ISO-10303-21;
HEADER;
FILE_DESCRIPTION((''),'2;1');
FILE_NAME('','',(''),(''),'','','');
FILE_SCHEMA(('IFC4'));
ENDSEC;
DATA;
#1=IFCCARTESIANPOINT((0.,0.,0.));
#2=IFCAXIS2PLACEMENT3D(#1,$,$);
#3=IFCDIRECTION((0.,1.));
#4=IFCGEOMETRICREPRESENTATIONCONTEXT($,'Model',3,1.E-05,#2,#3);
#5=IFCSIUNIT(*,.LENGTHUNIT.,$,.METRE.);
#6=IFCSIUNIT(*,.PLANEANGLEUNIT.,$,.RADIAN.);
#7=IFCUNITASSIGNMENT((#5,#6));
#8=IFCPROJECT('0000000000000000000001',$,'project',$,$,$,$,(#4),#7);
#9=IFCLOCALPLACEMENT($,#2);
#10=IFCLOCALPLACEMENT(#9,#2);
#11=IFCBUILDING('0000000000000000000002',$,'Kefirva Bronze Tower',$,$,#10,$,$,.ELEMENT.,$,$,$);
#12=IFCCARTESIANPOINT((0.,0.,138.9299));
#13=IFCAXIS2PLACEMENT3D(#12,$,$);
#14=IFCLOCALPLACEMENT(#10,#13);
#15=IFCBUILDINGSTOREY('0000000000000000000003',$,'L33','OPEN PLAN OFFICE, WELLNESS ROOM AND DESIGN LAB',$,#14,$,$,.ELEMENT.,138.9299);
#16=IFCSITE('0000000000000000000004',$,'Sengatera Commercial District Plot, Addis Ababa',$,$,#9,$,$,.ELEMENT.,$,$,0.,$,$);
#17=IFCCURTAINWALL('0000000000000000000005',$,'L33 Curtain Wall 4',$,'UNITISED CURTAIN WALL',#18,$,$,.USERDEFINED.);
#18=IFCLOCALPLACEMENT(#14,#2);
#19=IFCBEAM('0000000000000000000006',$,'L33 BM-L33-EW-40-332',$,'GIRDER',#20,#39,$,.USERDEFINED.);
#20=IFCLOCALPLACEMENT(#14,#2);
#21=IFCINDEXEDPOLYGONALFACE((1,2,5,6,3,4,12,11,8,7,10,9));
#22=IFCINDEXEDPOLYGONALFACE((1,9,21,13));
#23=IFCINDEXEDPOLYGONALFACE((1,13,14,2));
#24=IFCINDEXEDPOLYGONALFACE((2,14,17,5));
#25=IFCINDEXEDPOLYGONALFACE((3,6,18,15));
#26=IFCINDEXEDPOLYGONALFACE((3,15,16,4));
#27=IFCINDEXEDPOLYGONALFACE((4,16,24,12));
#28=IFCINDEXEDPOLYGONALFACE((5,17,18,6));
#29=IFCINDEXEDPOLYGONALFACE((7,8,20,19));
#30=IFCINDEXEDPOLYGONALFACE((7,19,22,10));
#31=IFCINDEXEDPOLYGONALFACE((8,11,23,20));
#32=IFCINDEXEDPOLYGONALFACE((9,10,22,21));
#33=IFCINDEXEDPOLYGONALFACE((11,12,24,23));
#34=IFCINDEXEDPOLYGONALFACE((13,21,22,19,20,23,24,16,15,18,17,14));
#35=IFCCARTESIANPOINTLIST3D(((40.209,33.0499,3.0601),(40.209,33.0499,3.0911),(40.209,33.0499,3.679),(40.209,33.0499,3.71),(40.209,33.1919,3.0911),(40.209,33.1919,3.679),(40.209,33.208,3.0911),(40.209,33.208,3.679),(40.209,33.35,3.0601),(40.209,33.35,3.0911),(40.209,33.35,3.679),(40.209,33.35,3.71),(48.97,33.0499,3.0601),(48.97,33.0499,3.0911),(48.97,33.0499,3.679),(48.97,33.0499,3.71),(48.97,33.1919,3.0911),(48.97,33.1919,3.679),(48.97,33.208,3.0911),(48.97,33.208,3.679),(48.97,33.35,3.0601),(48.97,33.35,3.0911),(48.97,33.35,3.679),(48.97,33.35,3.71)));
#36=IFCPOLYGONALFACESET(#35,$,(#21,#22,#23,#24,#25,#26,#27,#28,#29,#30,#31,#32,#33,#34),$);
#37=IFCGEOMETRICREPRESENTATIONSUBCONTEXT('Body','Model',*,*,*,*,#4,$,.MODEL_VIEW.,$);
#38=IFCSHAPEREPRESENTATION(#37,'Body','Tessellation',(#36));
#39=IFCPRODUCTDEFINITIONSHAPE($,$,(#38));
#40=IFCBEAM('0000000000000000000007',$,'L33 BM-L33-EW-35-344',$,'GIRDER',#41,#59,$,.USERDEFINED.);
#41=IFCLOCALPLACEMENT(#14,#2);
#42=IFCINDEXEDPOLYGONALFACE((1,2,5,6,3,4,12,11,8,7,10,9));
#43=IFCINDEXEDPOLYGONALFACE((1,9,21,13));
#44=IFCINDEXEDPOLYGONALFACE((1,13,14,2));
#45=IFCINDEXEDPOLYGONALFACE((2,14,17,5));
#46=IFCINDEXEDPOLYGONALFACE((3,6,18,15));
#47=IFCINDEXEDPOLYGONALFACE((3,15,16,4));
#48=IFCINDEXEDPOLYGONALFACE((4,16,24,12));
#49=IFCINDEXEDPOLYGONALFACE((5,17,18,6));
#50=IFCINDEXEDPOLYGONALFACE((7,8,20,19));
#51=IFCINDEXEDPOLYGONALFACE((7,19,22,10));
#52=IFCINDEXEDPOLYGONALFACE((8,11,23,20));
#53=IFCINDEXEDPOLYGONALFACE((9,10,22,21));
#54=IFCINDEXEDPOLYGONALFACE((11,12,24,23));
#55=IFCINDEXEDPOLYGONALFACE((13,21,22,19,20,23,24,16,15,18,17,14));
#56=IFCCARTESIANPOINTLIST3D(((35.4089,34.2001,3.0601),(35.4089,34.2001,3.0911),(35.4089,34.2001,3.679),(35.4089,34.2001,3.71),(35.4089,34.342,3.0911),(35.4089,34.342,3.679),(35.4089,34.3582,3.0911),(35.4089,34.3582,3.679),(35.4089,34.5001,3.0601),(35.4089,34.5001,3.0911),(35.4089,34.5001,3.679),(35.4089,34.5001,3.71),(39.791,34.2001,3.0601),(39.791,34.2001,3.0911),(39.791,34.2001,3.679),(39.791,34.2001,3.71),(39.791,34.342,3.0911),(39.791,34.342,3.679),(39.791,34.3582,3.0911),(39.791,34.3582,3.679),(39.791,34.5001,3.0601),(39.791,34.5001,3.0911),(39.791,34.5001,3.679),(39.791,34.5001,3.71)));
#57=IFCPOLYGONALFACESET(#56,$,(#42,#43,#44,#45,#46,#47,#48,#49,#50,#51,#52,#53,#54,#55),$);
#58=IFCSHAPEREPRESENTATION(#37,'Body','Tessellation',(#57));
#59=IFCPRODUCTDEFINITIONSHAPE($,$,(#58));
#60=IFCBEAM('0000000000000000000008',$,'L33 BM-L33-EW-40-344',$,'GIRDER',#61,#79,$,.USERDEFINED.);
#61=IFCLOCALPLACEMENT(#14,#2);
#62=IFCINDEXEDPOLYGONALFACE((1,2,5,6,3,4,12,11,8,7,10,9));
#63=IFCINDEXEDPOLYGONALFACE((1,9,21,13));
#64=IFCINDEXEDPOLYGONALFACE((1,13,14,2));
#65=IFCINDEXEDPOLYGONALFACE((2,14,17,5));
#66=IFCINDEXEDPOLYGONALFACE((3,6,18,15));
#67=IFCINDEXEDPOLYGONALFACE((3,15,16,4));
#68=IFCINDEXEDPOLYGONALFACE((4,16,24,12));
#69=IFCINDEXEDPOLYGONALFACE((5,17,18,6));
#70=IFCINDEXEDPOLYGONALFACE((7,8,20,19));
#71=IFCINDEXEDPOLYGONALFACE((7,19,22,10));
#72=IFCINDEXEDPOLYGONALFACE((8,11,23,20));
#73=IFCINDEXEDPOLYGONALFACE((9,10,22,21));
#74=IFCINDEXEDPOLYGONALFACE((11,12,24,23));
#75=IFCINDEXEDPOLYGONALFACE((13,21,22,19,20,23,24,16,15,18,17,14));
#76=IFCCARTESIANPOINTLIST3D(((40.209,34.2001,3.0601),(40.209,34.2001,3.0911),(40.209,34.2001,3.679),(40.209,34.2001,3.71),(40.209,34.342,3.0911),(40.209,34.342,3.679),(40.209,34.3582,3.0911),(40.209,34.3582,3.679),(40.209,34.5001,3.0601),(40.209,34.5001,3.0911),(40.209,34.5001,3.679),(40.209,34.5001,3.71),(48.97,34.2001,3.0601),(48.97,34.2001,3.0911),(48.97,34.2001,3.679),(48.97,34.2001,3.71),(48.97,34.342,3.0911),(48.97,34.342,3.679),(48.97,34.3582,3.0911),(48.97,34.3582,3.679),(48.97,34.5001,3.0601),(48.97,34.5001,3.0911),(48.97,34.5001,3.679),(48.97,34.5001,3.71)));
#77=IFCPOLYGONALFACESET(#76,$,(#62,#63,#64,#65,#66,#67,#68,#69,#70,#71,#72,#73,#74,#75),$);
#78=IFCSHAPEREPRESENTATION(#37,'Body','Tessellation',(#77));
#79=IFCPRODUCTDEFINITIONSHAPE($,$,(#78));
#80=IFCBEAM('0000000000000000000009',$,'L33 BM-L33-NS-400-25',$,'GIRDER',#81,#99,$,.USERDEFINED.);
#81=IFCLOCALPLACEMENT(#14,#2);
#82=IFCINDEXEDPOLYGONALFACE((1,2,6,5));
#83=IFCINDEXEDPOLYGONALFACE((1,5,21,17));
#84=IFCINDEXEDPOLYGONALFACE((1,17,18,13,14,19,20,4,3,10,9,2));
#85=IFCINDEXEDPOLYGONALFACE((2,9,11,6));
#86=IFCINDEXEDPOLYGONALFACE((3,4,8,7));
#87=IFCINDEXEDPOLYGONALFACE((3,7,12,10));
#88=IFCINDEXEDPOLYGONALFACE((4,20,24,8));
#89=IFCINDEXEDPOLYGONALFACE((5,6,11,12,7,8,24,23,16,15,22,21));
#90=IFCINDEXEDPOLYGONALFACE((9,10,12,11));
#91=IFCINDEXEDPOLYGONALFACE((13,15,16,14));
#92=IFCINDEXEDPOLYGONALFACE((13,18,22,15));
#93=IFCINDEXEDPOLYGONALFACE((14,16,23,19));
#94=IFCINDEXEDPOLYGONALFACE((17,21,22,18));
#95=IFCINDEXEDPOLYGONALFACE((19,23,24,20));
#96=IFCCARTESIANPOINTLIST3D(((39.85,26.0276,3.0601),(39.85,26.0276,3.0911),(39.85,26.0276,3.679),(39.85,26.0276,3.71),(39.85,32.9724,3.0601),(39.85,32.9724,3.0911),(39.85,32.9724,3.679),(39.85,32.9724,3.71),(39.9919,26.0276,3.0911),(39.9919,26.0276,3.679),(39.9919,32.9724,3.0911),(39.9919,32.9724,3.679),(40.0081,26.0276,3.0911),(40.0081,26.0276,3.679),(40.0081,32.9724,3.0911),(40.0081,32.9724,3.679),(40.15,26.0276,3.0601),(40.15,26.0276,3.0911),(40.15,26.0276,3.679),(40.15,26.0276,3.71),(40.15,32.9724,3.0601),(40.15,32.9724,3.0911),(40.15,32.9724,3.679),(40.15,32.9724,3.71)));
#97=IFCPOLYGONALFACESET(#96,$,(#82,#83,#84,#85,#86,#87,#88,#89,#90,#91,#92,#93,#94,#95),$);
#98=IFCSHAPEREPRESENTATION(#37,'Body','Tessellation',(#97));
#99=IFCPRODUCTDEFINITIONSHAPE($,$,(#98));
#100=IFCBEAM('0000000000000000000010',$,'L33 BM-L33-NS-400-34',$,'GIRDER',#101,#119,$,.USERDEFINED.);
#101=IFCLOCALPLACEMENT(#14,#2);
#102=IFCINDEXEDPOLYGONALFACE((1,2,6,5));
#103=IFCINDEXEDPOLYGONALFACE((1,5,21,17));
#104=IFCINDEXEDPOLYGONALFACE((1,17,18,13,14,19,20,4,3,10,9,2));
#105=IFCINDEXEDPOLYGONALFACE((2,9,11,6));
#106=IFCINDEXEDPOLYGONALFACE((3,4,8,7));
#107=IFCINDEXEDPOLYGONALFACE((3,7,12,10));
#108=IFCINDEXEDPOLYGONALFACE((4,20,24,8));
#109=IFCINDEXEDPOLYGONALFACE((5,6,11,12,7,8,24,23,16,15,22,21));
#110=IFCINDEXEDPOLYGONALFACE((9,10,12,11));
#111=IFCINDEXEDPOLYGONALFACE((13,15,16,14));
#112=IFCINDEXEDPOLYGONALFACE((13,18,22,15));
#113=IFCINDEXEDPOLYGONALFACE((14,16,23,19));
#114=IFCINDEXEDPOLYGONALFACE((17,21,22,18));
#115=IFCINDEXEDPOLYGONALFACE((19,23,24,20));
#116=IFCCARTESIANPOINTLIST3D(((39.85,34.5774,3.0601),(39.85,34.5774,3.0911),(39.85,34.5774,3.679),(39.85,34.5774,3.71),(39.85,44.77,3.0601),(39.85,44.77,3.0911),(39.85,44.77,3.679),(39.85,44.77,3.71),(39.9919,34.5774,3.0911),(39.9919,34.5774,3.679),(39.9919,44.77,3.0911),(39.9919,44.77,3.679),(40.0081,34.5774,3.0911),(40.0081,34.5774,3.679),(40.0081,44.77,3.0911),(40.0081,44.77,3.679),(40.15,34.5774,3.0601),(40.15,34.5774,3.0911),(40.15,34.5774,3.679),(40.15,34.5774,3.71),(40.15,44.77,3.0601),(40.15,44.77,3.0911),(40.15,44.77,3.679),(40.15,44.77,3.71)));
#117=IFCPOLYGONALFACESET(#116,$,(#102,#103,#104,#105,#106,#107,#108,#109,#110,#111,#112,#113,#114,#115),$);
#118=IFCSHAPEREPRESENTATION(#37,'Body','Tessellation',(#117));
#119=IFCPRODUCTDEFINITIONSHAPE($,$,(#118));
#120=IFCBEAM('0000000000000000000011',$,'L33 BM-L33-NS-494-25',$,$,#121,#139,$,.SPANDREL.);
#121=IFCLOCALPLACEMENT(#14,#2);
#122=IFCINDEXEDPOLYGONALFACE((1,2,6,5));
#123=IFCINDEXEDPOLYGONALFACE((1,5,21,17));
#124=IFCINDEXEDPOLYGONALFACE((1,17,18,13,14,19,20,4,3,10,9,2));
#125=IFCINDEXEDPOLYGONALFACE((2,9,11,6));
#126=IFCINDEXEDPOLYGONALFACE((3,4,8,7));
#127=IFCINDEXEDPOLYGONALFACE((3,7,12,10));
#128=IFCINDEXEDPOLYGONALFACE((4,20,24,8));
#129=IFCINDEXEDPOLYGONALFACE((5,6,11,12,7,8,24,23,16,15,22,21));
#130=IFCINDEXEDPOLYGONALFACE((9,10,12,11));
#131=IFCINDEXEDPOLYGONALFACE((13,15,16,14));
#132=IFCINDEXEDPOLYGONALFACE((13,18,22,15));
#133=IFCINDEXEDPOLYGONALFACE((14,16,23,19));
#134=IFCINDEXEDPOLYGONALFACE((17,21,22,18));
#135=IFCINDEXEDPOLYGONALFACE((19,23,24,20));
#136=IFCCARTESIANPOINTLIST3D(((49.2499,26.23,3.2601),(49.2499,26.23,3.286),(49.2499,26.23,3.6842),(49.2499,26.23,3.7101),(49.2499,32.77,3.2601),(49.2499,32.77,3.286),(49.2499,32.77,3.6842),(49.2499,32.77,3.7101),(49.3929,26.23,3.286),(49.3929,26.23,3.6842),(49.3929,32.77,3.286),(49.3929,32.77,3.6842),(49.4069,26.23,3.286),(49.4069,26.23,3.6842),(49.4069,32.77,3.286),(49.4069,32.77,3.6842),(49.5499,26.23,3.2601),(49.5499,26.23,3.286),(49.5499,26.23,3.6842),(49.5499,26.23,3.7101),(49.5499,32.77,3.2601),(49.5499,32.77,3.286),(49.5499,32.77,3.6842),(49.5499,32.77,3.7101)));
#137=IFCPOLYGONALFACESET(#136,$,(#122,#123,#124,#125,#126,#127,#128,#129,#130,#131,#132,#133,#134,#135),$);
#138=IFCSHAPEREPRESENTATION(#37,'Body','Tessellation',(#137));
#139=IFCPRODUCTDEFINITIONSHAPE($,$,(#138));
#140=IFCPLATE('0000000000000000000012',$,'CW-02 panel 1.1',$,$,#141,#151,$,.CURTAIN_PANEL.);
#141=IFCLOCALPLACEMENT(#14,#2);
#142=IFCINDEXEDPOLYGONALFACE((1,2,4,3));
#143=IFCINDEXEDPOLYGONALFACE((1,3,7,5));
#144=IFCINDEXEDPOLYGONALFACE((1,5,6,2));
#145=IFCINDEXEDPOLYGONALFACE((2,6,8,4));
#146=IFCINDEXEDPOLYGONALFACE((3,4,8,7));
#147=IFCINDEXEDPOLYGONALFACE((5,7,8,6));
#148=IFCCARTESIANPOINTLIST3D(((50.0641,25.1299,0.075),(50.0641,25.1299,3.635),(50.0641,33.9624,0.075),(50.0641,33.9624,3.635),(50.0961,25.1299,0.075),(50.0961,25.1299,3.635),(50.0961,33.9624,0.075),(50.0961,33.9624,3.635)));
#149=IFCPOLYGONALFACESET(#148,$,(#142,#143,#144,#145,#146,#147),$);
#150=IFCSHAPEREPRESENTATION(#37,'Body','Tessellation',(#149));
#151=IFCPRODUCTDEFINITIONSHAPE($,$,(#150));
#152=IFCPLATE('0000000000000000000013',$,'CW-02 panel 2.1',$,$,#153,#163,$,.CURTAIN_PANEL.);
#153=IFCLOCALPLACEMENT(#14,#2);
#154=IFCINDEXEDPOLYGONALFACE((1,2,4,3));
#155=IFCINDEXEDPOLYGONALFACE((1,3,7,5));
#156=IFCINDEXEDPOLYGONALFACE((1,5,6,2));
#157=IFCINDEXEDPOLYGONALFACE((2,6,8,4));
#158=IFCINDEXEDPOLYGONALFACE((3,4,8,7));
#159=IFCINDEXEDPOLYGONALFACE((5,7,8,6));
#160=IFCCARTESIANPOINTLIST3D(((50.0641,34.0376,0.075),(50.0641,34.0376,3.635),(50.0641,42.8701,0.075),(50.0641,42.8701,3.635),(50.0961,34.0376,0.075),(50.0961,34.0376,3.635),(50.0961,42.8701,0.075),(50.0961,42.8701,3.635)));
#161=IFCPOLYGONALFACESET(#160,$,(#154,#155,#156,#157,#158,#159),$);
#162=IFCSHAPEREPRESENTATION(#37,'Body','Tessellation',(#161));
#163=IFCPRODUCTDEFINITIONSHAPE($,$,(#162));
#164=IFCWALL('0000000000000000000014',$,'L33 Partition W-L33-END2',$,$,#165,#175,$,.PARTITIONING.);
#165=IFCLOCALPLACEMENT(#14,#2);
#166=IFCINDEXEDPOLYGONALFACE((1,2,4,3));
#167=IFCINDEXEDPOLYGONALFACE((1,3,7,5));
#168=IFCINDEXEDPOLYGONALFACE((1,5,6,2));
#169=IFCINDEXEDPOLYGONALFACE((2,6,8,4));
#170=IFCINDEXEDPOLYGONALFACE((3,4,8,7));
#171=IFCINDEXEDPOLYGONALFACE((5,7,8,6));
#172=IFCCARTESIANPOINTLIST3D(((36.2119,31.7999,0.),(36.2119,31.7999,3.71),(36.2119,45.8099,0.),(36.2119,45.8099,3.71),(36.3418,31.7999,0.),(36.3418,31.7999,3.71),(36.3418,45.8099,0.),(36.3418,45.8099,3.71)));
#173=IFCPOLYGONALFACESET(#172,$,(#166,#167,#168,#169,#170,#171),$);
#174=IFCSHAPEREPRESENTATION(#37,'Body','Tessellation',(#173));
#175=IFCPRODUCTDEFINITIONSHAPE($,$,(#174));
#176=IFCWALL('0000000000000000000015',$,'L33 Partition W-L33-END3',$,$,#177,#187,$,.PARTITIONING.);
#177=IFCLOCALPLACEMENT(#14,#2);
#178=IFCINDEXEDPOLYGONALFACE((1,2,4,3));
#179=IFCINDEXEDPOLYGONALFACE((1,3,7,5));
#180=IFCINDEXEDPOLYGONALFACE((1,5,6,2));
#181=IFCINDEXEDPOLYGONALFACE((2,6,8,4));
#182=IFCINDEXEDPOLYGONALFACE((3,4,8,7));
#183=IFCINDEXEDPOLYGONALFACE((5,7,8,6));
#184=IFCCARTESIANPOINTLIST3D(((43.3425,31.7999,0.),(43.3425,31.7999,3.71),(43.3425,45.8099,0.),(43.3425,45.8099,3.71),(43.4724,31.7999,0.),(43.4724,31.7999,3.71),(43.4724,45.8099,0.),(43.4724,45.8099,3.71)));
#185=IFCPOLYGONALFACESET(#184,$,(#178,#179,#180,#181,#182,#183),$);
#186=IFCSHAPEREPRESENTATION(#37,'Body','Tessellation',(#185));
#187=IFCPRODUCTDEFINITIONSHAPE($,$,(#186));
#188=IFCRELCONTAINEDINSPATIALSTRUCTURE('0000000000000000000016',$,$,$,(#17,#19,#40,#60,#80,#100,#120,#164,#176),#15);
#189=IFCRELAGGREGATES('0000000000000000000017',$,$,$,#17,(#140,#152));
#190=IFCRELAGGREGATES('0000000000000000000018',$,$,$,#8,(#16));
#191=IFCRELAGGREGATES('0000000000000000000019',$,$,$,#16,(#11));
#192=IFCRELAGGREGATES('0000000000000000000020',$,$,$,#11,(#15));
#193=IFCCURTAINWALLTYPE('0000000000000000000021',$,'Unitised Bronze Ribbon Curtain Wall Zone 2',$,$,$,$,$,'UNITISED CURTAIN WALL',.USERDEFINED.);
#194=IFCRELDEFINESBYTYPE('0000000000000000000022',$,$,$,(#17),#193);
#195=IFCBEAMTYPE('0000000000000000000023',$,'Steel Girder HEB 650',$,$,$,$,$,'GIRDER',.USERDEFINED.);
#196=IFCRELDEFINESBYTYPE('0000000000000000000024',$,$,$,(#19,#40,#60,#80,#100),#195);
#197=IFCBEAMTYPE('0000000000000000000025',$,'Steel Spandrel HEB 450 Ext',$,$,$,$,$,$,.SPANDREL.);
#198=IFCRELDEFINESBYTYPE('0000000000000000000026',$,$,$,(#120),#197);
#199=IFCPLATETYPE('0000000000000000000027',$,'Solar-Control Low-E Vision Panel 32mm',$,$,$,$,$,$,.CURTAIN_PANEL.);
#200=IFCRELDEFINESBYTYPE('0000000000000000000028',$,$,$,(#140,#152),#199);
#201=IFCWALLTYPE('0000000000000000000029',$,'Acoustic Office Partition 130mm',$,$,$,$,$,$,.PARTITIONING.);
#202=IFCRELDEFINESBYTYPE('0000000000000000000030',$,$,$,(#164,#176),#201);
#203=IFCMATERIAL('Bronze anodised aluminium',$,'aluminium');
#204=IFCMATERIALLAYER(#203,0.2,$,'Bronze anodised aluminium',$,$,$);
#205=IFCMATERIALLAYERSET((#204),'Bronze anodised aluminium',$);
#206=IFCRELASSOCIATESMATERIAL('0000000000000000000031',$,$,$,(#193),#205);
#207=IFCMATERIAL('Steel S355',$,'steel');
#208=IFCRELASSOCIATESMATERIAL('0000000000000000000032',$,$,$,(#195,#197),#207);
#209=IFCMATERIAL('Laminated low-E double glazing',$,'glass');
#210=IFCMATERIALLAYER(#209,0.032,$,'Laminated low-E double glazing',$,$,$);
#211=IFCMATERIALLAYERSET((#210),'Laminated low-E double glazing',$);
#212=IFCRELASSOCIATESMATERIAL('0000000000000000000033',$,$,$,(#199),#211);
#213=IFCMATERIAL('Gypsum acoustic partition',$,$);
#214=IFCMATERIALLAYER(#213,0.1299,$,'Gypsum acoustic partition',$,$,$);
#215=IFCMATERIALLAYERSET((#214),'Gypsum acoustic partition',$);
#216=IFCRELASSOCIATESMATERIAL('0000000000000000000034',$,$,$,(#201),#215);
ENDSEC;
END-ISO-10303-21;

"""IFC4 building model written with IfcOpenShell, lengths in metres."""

from ifc_helpers import new_model, si_unit, direction, frame, frame_2d, origin, origin_2d, place, context, subcontext, project, spatial, rectangle, i_section, extrude, material, layer, layer_set, material_profile, profile_set, type_object, element, aggregate, save


model = new_model("IFC4")

# Units and contexts
model_context = context("Model", 3, precision=1e-05, world=origin(), true_north=direction((0.0, 1.0)))
body_context = subcontext(model_context, "Body", "Model", "MODEL_VIEW")
ifc_project = project(units=[si_unit("LENGTHUNIT", "METRE"), si_unit("PLANEANGLEUNIT", "RADIAN")], contexts=[model_context])

# Site, building, storey
site_placement = place(None, origin())
site = spatial("IfcSite", under=ifc_project, at=site_placement, Name="Sengatera Commercial District Plot, Addis Ababa", CompositionType="ELEMENT", RefElevation=0.0)
building_placement = place(site_placement, origin())
building = spatial("IfcBuilding", under=site, at=building_placement, Name="Kefirva Bronze Tower", CompositionType="ELEMENT")
storey_placement = place(building_placement, frame((0.0, 0.0, 138.9299)))
storey = spatial("IfcBuildingStorey", under=building, at=storey_placement, Name="L33", Description="OPEN PLAN OFFICE, WELLNESS ROOM AND DESIGN LAB", CompositionType="ELEMENT", Elevation=138.9299)

# Curtain wall
ifc_material_1 = material(Name="Bronze anodised aluminium", Category="aluminium")
ifc_layer_1 = layer(ifc_material_1, 0.2, Name="Bronze anodised aluminium")
ifc_layer_set_1 = layer_set([ifc_layer_1], Name="Bronze anodised aluminium")
curtain_wall_type = type_object("IfcCurtainWallType", Name="Unitised Bronze Ribbon Curtain Wall Zone 2", ElementType="UNITISED CURTAIN WALL", PredefinedType="USERDEFINED", material=ifc_layer_set_1)
curtain_wall_placement = place(storey_placement, origin())
curtain_wall = element("IfcCurtainWall", 1, at=curtain_wall_placement, inside=storey, type_object=curtain_wall_type, Name="L33 Curtain Wall 4", ObjectType="UNITISED CURTAIN WALL", PredefinedType="USERDEFINED")

# Beams
ifc_material_2 = material(Name="Steel S355", Category="steel")
ifc_material_profile_1 = material_profile(ifc_material_2, i_section(OverallWidth=0.3, OverallDepth=0.6499, WebThickness=0.0161, FlangeThickness=0.031, at=origin_2d()), Name="HEB 650")
ifc_profile_set_1 = profile_set([ifc_material_profile_1], Name="Steel S355")
beam_type_1 = type_object("IfcBeamType", Name="Steel Girder HEB 650", ElementType="GIRDER", PredefinedType="USERDEFINED", material=ifc_profile_set_1)
beam_1_placement = place(storey_placement, frame((40.209, 33.2, 3.385), z_axis=(1.0, 0.0, 0.0), x_axis=(0.0, 1.0, 0.0)))
element("IfcBeam", 2, at=beam_1_placement, inside=storey, type_object=beam_type_1, Name="L33 BM-L33-EW-40-332", ObjectType="GIRDER", PredefinedType="USERDEFINED", context=body_context, shape_type="SweptSolid", body=[
    extrude(i_section(OverallWidth=0.3, OverallDepth=0.6499, WebThickness=0.0161, FlangeThickness=0.031, at=origin_2d()), origin(), (0.0, 0.0, 1.0), 8.761),
])
beam_2_placement = place(storey_placement, frame((35.4089, 34.3501, 3.385), z_axis=(1.0, 0.0, 0.0), x_axis=(0.0, 1.0, 0.0)))
element("IfcBeam", 3, at=beam_2_placement, inside=storey, type_object=beam_type_1, Name="L33 BM-L33-EW-35-344", ObjectType="GIRDER", PredefinedType="USERDEFINED", context=body_context, shape_type="SweptSolid", body=[
    extrude(i_section(OverallWidth=0.3, OverallDepth=0.6499, WebThickness=0.0161, FlangeThickness=0.031, at=origin_2d()), origin(), (0.0, 0.0, 1.0), 4.3821),
])
beam_3_placement = place(storey_placement, frame((40.209, 34.3501, 3.385), z_axis=(1.0, 0.0, 0.0), x_axis=(0.0, 1.0, 0.0)))
element("IfcBeam", 4, at=beam_3_placement, inside=storey, type_object=beam_type_1, Name="L33 BM-L33-EW-40-344", ObjectType="GIRDER", PredefinedType="USERDEFINED", context=body_context, shape_type="SweptSolid", body=[
    extrude(i_section(OverallWidth=0.3, OverallDepth=0.6499, WebThickness=0.0161, FlangeThickness=0.031, at=origin_2d()), origin(), (0.0, 0.0, 1.0), 8.761),
])
beam_4_placement = place(storey_placement, frame((40.0, 26.0276, 3.385), z_axis=(0.0, 1.0, 0.0), x_axis=(-1.0, 0.0, 0.0)))
element("IfcBeam", 5, at=beam_4_placement, inside=storey, type_object=beam_type_1, Name="L33 BM-L33-NS-400-25", ObjectType="GIRDER", PredefinedType="USERDEFINED", context=body_context, shape_type="SweptSolid", body=[
    extrude(i_section(OverallWidth=0.3, OverallDepth=0.6499, WebThickness=0.0161, FlangeThickness=0.031, at=origin_2d()), origin(), (0.0, 0.0, 1.0), 6.9448),
])
beam_5_placement = place(storey_placement, frame((40.0, 34.5774, 3.385), z_axis=(0.0, 1.0, 0.0), x_axis=(-1.0, 0.0, 0.0)))
element("IfcBeam", 6, at=beam_5_placement, inside=storey, type_object=beam_type_1, Name="L33 BM-L33-NS-400-34", ObjectType="GIRDER", PredefinedType="USERDEFINED", context=body_context, shape_type="SweptSolid", body=[
    extrude(i_section(OverallWidth=0.3, OverallDepth=0.6499, WebThickness=0.0161, FlangeThickness=0.031, at=origin_2d()), origin(), (0.0, 0.0, 1.0), 10.1926),
])
ifc_material_profile_2 = material_profile(ifc_material_2, i_section(OverallWidth=0.3, OverallDepth=0.45, WebThickness=0.0139, FlangeThickness=0.0259, at=origin_2d()), Name="HEB 450")
ifc_profile_set_2 = profile_set([ifc_material_profile_2], Name="Steel S355")
beam_type_2 = type_object("IfcBeamType", Name="Steel Spandrel HEB 450 Ext", PredefinedType="SPANDREL", material=ifc_profile_set_2)
beam_6_placement = place(storey_placement, frame((49.3999, 26.23, 3.4851), z_axis=(0.0, 1.0, 0.0), x_axis=(-1.0, 0.0, 0.0)))
element("IfcBeam", 7, at=beam_6_placement, inside=storey, type_object=beam_type_2, Name="L33 BM-L33-NS-494-25", PredefinedType="SPANDREL", context=body_context, shape_type="SweptSolid", body=[
    extrude(i_section(OverallWidth=0.3, OverallDepth=0.45, WebThickness=0.0139, FlangeThickness=0.0259, at=origin_2d()), origin(), (0.0, 0.0, 1.0), 6.54),
])

# Plates
ifc_material_3 = material(Name="Laminated low-E double glazing", Category="glass")
ifc_layer_2 = layer(ifc_material_3, 0.032, Name="Laminated low-E double glazing")
ifc_layer_set_2 = layer_set([ifc_layer_2], Name="Laminated low-E double glazing")
plate_type = type_object("IfcPlateType", Name="Solar-Control Low-E Vision Panel 32mm", PredefinedType="CURTAIN_PANEL", material=ifc_layer_set_2)
plate_1_placement = place(storey_placement, frame((50.0801, 29.5461, 0.075), z_axis=(0.0, 0.0, 1.0), x_axis=(0.0, 1.0, 0.0)))
plate_1 = element("IfcPlate", 8, at=plate_1_placement, type_object=plate_type, Name="CW-02 panel 1.1", PredefinedType="CURTAIN_PANEL", context=body_context, shape_type="SweptSolid", body=[
    extrude(rectangle(XDim=8.8325, YDim=0.032, at=origin_2d()), origin(), (0.0, 0.0, 1.0), 3.5601),
])
plate_2_placement = place(storey_placement, frame((50.0801, 38.4539, 0.075), z_axis=(0.0, 0.0, 1.0), x_axis=(0.0, 1.0, 0.0)))
plate_2 = element("IfcPlate", 9, at=plate_2_placement, type_object=plate_type, Name="CW-02 panel 2.1", PredefinedType="CURTAIN_PANEL", context=body_context, shape_type="SweptSolid", body=[
    extrude(rectangle(XDim=8.8325, YDim=0.032, at=origin_2d()), origin(), (0.0, 0.0, 1.0), 3.5601),
])
aggregate(curtain_wall, [plate_1, plate_2])

# Walls
ifc_material_4 = material(Name="Gypsum acoustic partition")
ifc_layer_3 = layer(ifc_material_4, 0.1299, Name="Gypsum acoustic partition")
ifc_layer_set_3 = layer_set([ifc_layer_3], Name="Gypsum acoustic partition")
wall_type = type_object("IfcWallType", Name="Acoustic Office Partition 130mm", PredefinedType="PARTITIONING", material=ifc_layer_set_3)
for number, where, z_axis, x_axis, name in (
    (10, (36.2769, 31.8, 0.0), (0.0, 0.0, 1.0), (0.0, 1.0, 0.0), "L33 Partition W-L33-END2"),
    (11, (43.4075, 31.8, 0.0), (0.0, 0.0, 1.0), (0.0, 1.0, 0.0), "L33 Partition W-L33-END3"),
):
    element("IfcWall", number, at=place(storey_placement, frame(where, z_axis=z_axis, x_axis=x_axis)), inside=storey, type_object=wall_type, Name=name, PredefinedType="PARTITIONING", context=body_context, shape_type="SweptSolid", body=[
        extrude(rectangle(XDim=14.01, YDim=0.1299, at=frame_2d((7.0049, 0.0))), origin(), (0.0, 0.0, 1.0), 3.71),
    ])

save(model, "model.ifc")
